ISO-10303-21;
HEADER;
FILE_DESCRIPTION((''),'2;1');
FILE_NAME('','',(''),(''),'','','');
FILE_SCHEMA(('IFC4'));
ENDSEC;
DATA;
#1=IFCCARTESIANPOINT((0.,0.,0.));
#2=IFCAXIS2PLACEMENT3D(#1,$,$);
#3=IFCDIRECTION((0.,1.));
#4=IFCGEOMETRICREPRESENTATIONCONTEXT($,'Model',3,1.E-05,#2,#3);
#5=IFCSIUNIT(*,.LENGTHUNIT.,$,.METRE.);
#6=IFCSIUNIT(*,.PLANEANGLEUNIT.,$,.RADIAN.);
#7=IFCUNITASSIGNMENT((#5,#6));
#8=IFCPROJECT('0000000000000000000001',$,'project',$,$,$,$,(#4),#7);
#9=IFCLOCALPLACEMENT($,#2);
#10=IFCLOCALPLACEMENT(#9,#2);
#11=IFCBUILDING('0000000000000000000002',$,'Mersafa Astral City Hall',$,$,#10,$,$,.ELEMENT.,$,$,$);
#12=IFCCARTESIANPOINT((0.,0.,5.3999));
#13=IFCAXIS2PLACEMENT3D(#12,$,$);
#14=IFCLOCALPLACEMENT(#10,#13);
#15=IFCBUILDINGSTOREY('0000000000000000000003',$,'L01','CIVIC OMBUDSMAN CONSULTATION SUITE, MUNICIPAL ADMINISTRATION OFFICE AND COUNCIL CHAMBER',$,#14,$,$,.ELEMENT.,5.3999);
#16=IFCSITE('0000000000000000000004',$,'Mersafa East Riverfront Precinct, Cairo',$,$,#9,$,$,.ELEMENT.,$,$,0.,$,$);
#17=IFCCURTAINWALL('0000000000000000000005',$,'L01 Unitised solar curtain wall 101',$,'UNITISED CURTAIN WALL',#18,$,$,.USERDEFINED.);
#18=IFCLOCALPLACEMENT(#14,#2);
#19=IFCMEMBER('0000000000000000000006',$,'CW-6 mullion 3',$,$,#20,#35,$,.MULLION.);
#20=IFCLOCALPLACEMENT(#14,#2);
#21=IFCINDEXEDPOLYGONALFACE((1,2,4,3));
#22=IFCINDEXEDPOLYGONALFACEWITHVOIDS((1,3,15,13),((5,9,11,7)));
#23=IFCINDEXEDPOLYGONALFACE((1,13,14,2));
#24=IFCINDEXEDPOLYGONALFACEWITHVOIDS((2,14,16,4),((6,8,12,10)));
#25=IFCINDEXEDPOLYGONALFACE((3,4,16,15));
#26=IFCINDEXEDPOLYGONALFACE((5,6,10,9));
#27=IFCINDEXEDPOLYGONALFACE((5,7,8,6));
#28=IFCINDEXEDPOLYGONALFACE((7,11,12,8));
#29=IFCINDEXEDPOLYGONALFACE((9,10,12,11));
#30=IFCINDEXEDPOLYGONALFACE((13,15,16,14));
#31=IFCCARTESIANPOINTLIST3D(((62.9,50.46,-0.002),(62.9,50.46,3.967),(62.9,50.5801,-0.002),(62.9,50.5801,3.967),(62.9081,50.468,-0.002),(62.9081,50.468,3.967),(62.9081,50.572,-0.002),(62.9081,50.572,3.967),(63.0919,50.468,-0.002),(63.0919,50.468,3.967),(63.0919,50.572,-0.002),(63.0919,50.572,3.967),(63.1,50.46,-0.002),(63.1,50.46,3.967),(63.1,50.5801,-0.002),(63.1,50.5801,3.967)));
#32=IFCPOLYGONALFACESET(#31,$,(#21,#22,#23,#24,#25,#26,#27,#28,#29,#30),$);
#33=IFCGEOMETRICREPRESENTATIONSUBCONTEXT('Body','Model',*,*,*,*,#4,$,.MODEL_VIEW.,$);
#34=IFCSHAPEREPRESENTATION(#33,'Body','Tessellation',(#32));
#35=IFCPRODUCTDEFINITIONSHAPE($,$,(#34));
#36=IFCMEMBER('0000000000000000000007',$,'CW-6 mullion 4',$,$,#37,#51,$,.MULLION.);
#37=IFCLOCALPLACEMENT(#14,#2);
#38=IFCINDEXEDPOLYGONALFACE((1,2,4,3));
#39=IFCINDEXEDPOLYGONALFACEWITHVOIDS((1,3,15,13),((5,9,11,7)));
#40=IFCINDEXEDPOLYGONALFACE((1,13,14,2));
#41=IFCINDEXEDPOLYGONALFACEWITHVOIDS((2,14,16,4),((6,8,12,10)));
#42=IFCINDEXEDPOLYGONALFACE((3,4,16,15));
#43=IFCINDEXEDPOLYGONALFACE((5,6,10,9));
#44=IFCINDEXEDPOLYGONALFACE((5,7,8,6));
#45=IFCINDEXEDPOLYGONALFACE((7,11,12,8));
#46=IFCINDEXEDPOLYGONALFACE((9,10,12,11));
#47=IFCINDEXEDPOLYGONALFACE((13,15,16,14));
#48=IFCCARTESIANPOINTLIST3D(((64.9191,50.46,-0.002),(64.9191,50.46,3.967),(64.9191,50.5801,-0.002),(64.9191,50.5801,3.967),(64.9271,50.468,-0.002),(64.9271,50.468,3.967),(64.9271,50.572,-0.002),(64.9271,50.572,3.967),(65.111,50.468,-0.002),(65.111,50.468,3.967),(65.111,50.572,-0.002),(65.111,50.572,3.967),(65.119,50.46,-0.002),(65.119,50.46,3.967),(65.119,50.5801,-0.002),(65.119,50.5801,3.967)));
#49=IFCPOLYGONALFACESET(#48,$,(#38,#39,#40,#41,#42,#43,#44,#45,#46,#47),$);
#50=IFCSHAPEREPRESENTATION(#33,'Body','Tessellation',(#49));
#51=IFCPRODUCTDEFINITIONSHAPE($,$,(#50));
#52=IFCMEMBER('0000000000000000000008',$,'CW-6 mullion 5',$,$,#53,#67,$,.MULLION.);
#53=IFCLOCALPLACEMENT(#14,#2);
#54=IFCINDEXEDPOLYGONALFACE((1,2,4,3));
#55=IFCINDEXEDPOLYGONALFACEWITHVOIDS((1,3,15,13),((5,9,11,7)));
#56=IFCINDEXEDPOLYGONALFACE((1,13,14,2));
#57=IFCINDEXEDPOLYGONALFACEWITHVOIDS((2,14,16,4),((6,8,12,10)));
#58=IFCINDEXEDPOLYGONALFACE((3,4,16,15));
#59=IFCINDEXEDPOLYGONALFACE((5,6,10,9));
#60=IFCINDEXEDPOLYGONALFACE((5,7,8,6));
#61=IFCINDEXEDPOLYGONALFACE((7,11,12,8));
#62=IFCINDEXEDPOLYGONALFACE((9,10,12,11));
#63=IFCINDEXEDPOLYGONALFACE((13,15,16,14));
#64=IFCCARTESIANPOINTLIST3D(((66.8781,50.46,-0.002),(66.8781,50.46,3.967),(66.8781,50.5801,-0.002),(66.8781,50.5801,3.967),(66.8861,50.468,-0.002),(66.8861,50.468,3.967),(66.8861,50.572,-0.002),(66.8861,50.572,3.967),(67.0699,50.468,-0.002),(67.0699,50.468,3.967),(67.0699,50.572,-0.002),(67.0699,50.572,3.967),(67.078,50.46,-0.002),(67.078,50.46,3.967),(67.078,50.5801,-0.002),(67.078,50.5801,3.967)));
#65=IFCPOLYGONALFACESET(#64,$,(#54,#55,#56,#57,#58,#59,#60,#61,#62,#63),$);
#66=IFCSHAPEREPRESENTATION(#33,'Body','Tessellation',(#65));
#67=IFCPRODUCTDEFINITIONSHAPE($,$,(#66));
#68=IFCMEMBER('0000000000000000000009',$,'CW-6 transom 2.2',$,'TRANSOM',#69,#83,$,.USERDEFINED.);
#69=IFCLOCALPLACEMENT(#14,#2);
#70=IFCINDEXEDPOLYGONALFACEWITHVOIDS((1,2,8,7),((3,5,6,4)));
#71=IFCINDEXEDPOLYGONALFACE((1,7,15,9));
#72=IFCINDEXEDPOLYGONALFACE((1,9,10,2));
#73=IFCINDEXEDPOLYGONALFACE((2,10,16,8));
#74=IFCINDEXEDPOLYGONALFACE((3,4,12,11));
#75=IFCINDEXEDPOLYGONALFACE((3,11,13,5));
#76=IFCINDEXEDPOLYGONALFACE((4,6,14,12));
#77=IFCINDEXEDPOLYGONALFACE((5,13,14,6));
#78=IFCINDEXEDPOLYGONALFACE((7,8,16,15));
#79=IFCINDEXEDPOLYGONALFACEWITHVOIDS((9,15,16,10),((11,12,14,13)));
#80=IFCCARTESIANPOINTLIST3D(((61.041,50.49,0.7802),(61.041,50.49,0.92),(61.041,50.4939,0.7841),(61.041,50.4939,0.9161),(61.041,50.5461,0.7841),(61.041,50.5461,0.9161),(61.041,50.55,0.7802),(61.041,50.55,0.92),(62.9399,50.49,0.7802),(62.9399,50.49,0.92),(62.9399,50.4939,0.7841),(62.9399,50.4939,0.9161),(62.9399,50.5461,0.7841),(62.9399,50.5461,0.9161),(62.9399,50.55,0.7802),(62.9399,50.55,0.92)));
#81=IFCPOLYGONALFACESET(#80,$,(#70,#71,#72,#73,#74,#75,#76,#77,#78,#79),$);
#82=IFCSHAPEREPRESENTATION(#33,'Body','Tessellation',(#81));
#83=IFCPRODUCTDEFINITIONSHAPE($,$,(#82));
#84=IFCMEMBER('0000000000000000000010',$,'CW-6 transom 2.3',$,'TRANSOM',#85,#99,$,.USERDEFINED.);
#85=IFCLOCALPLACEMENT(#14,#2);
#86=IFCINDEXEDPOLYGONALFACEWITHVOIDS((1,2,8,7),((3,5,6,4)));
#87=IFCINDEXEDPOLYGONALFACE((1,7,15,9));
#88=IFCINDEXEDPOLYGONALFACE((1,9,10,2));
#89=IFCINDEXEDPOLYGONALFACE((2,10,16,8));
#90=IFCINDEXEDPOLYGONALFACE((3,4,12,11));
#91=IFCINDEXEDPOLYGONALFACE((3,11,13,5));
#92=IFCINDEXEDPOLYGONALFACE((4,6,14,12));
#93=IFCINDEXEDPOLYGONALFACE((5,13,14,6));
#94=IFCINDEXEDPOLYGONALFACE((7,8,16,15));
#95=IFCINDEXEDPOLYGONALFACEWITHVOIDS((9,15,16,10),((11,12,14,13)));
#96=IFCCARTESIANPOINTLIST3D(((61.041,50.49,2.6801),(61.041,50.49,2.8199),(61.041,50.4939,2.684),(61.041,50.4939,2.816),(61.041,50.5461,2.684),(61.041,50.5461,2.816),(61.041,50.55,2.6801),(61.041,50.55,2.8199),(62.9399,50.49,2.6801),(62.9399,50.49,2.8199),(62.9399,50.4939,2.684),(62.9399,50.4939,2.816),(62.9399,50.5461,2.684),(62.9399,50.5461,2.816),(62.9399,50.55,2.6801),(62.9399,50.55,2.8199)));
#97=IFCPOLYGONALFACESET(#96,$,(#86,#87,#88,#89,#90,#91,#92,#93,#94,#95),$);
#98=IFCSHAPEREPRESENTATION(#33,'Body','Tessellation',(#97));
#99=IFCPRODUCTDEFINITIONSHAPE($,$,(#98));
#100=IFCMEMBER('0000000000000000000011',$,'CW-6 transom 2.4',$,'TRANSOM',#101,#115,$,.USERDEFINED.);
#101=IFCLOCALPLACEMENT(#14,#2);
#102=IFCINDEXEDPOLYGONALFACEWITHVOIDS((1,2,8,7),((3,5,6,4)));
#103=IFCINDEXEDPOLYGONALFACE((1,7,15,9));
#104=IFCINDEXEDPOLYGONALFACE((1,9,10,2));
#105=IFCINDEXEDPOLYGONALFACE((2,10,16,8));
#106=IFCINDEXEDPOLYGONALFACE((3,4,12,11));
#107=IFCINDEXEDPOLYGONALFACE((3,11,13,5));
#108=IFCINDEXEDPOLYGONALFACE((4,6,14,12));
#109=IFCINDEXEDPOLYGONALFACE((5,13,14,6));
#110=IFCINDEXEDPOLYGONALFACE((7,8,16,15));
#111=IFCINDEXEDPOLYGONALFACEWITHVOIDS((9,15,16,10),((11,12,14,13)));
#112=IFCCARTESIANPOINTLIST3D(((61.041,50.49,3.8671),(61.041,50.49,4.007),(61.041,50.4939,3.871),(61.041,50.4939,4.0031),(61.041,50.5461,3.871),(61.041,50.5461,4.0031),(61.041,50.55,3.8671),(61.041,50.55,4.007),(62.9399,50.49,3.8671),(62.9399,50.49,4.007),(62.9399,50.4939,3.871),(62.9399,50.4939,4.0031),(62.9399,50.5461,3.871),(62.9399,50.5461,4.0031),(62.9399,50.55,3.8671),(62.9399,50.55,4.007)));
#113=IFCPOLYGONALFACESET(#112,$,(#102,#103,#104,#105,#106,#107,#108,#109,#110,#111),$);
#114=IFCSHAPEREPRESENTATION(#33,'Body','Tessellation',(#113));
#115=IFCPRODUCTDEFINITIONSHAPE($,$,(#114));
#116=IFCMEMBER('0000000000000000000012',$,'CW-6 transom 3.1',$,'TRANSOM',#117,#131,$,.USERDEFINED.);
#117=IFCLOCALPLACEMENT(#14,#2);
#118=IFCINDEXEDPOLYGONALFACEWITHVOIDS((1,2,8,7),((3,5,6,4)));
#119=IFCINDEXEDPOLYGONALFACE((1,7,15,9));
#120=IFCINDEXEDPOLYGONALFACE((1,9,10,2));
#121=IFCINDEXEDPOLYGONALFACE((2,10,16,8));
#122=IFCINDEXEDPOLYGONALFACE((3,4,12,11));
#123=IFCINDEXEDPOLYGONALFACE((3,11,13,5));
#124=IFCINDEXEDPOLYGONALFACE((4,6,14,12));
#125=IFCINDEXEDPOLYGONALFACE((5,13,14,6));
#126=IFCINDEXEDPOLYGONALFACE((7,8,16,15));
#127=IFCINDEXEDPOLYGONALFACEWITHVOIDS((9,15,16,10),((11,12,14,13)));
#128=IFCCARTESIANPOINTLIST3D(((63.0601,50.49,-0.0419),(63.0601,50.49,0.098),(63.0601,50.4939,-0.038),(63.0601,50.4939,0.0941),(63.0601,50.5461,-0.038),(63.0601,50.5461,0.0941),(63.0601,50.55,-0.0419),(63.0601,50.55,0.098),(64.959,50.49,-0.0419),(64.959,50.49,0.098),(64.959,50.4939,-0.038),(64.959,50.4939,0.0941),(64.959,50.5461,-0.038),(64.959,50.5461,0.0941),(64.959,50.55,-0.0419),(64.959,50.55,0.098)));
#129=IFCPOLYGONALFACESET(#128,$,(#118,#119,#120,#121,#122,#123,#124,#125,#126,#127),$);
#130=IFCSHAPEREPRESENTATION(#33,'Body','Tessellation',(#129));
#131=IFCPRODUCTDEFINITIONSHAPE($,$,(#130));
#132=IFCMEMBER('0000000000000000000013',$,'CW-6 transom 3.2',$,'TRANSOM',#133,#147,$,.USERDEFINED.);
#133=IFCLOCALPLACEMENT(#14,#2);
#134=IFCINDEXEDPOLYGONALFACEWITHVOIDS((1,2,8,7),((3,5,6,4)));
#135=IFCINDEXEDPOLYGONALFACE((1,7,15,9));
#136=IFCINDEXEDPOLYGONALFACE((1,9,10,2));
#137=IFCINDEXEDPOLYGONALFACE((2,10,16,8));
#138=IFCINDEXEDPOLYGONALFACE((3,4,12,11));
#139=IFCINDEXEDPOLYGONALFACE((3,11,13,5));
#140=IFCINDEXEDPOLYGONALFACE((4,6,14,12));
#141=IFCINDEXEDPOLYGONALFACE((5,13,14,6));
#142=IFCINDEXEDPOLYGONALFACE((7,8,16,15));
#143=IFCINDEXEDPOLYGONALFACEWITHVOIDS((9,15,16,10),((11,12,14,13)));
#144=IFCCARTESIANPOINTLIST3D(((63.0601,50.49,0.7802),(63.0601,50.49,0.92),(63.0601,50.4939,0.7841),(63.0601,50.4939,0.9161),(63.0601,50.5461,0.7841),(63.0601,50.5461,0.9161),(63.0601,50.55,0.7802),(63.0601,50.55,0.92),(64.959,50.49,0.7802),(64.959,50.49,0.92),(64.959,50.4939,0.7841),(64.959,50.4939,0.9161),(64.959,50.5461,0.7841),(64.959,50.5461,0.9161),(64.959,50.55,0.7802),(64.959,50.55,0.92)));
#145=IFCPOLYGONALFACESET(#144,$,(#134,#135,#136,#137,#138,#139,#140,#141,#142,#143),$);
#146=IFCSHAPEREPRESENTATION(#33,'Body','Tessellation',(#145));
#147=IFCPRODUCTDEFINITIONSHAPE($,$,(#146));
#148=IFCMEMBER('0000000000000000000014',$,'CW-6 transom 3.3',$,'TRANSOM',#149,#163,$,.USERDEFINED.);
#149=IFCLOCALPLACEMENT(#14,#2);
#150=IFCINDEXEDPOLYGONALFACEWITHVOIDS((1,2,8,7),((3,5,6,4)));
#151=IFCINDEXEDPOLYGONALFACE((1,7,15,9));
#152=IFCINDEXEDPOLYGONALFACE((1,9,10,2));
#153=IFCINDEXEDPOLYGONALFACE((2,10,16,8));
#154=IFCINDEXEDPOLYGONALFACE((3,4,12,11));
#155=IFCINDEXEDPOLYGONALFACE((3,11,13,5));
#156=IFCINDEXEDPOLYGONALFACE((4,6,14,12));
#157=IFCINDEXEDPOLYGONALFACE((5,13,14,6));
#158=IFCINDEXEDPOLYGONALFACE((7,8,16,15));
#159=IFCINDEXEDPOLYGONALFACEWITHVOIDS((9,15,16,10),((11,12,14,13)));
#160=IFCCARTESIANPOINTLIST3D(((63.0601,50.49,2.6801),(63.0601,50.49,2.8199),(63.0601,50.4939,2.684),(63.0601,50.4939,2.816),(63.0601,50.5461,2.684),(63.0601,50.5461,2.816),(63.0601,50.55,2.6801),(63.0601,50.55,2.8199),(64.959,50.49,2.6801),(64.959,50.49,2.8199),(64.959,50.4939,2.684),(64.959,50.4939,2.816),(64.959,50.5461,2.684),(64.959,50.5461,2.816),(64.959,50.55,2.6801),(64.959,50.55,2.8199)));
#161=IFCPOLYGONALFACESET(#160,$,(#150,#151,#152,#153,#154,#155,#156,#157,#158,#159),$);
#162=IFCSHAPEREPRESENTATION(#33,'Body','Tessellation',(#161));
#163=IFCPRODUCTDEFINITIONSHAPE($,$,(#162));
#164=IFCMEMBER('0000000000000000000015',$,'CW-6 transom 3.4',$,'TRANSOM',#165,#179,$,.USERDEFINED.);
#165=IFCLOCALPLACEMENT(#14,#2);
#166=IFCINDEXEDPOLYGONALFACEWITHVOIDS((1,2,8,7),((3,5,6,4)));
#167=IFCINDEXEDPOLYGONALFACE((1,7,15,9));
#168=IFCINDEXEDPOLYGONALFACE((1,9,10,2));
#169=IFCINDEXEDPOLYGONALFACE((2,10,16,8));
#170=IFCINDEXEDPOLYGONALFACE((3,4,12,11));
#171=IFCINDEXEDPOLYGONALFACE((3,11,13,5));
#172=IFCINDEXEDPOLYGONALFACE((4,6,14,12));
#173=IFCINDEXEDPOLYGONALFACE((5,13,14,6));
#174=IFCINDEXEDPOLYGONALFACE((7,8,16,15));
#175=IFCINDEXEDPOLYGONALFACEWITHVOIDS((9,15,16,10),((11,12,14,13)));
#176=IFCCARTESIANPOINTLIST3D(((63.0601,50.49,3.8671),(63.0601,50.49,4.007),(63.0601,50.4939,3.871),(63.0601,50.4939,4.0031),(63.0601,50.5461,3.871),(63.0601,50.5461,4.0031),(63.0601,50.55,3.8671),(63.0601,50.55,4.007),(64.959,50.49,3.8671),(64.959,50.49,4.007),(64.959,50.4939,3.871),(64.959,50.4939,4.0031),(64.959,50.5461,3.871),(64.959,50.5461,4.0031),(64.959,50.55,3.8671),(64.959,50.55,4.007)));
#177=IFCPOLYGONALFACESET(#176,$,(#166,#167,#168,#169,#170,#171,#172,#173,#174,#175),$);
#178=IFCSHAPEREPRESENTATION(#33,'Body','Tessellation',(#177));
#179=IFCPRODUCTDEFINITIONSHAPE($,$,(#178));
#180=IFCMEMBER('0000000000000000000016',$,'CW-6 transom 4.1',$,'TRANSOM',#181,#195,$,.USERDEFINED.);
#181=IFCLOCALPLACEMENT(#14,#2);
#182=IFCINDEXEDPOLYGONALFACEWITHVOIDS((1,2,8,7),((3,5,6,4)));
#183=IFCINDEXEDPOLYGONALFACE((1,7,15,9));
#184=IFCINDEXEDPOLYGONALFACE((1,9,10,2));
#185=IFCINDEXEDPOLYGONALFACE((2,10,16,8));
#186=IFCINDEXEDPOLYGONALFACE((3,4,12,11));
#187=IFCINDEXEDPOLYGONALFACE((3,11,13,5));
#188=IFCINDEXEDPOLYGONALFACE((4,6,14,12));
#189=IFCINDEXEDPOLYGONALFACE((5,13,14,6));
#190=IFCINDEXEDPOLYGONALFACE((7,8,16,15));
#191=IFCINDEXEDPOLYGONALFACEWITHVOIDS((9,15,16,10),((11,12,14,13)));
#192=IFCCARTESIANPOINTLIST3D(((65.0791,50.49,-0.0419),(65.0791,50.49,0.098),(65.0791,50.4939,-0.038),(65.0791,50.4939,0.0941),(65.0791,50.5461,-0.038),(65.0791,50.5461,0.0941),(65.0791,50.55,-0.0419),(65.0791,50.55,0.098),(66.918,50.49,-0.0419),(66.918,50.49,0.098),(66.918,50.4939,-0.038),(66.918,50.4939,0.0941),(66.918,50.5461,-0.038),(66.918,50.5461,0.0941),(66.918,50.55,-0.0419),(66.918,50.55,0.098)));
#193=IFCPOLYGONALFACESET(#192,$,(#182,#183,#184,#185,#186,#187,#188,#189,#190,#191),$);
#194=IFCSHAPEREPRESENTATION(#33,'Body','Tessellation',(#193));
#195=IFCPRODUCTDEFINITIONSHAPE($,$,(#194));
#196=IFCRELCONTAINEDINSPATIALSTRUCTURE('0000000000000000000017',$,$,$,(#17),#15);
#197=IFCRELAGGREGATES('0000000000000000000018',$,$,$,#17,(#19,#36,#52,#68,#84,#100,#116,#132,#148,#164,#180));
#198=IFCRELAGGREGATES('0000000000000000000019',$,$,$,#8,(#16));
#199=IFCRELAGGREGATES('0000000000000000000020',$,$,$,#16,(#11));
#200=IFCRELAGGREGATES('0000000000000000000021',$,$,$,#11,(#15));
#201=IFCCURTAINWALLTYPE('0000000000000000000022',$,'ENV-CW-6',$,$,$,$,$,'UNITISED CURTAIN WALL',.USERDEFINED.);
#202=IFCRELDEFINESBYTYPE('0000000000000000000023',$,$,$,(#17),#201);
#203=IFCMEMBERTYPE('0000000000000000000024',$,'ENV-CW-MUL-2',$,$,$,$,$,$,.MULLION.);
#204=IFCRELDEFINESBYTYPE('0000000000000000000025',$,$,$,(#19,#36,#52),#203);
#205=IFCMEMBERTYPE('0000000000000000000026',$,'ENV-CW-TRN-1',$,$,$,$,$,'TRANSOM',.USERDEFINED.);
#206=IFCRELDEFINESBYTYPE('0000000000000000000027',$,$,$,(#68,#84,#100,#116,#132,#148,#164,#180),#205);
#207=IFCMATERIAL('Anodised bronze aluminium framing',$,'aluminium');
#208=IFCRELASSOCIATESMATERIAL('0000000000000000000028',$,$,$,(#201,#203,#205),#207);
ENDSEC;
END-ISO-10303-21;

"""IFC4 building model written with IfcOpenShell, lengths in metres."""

from ifc_helpers import new_model, si_unit, direction, frame, origin, origin_2d, place, context, subcontext, project, spatial, hollow_rectangle, extrude, material, material_profile, profile_set, type_object, element, aggregate, save


model = new_model("IFC4")

# Units and contexts
model_context = context("Model", 3, precision=1e-05, world=origin(), true_north=direction((0.0, 1.0)))
body_context = subcontext(model_context, "Body", "Model", "MODEL_VIEW")
ifc_project = project(units=[si_unit("LENGTHUNIT", "METRE"), si_unit("PLANEANGLEUNIT", "RADIAN")], contexts=[model_context])

# Site, building, storey
site_placement = place(None, origin())
site = spatial("IfcSite", under=ifc_project, at=site_placement, Name="Mersafa East Riverfront Precinct, Cairo", CompositionType="ELEMENT", RefElevation=0.0)
building_placement = place(site_placement, origin())
building = spatial("IfcBuilding", under=site, at=building_placement, Name="Mersafa Astral City Hall", CompositionType="ELEMENT")
storey_placement = place(building_placement, frame((0.0, 0.0, 5.3999)))
storey = spatial("IfcBuildingStorey", under=building, at=storey_placement, Name="L01", Description="CIVIC OMBUDSMAN CONSULTATION SUITE, MUNICIPAL ADMINISTRATION OFFICE AND COUNCIL CHAMBER", CompositionType="ELEMENT", Elevation=5.3999)

# Curtain wall, members
ifc_material_1 = material(Name="Anodised bronze aluminium framing", Category="aluminium")
curtain_wall_type_1 = type_object("IfcCurtainWallType", Name="ENV-CW-6", ElementType="UNITISED CURTAIN WALL", PredefinedType="USERDEFINED", material=ifc_material_1)
curtain_wall_1_placement = place(storey_placement, origin())
curtain_wall_1 = element("IfcCurtainWall", 1, at=curtain_wall_1_placement, inside=storey, type_object=curtain_wall_type_1, Name="L01 Unitised solar curtain wall 101", ObjectType="UNITISED CURTAIN WALL", PredefinedType="USERDEFINED")
ifc_material_profile_1 = material_profile(ifc_material_1, hollow_rectangle(XDim=0.1201, YDim=0.2, WallThickness=0.0081, at=origin_2d()), Name="RHS 120x200x8")
ifc_profile_set_1 = profile_set([ifc_material_profile_1], Name="Anodised bronze aluminium framing")
member_type_1 = type_object("IfcMemberType", Name="ENV-CW-MUL-2", PredefinedType="MULLION", material=ifc_profile_set_1)
member_1_placement = place(storey_placement, frame((63.0, 50.52, -0.002), z_axis=(0.0, 0.0, 1.0), x_axis=(0.0, 1.0, 0.0)))
member_1 = element("IfcMember", 2, at=member_1_placement, type_object=member_type_1, Name="CW-6 mullion 3", PredefinedType="MULLION", context=body_context, shape_type="SweptSolid", body=[
    extrude(hollow_rectangle(XDim=0.1201, YDim=0.2, WallThickness=0.0081, at=origin_2d()), origin(), (0.0, 0.0, 1.0), 3.969),
])
member_2_placement = place(storey_placement, frame((65.019, 50.52, -0.002), z_axis=(0.0, 0.0, 1.0), x_axis=(0.0, 1.0, 0.0)))
member_2 = element("IfcMember", 3, at=member_2_placement, type_object=member_type_1, Name="CW-6 mullion 4", PredefinedType="MULLION", context=body_context, shape_type="SweptSolid", body=[
    extrude(hollow_rectangle(XDim=0.1201, YDim=0.2, WallThickness=0.0081, at=origin_2d()), origin(), (0.0, 0.0, 1.0), 3.969),
])
member_3_placement = place(storey_placement, frame((66.978, 50.52, -0.002), z_axis=(0.0, 0.0, 1.0), x_axis=(0.0, 1.0, 0.0)))
member_3 = element("IfcMember", 4, at=member_3_placement, type_object=member_type_1, Name="CW-6 mullion 5", PredefinedType="MULLION", context=body_context, shape_type="SweptSolid", body=[
    extrude(hollow_rectangle(XDim=0.1201, YDim=0.2, WallThickness=0.0081, at=origin_2d()), origin(), (0.0, 0.0, 1.0), 3.969),
])
ifc_material_profile_2 = material_profile(ifc_material_1, hollow_rectangle(XDim=0.0601, YDim=0.1399, WallThickness=0.0039, at=origin_2d()), Name="RHS 60x140x4")
ifc_profile_set_2 = profile_set([ifc_material_profile_2], Name="Anodised bronze aluminium framing")
member_type_2 = type_object("IfcMemberType", Name="ENV-CW-TRN-1", ElementType="TRANSOM", PredefinedType="USERDEFINED", material=ifc_profile_set_2)
member_4_placement = place(storey_placement, frame((61.041, 50.52, 0.8501), z_axis=(1.0, 0.0, 0.0), x_axis=(0.0, 1.0, 0.0)))
member_4 = element("IfcMember", 5, at=member_4_placement, type_object=member_type_2, Name="CW-6 transom 2.2", ObjectType="TRANSOM", PredefinedType="USERDEFINED", context=body_context, shape_type="SweptSolid", body=[
    extrude(hollow_rectangle(XDim=0.0601, YDim=0.1399, WallThickness=0.0039, at=origin_2d()), origin(), (0.0, 0.0, 1.0), 1.8989),
])
member_5_placement = place(storey_placement, frame((61.041, 50.52, 2.75), z_axis=(1.0, 0.0, 0.0), x_axis=(0.0, 1.0, 0.0)))
member_5 = element("IfcMember", 6, at=member_5_placement, type_object=member_type_2, Name="CW-6 transom 2.3", ObjectType="TRANSOM", PredefinedType="USERDEFINED", context=body_context, shape_type="SweptSolid", body=[
    extrude(hollow_rectangle(XDim=0.0601, YDim=0.1399, WallThickness=0.0039, at=origin_2d()), origin(), (0.0, 0.0, 1.0), 1.8989),
])
member_6_placement = place(storey_placement, frame((61.041, 50.52, 3.937), z_axis=(1.0, 0.0, 0.0), x_axis=(0.0, 1.0, 0.0)))
member_6 = element("IfcMember", 7, at=member_6_placement, type_object=member_type_2, Name="CW-6 transom 2.4", ObjectType="TRANSOM", PredefinedType="USERDEFINED", context=body_context, shape_type="SweptSolid", body=[
    extrude(hollow_rectangle(XDim=0.0601, YDim=0.1399, WallThickness=0.0039, at=origin_2d()), origin(), (0.0, 0.0, 1.0), 1.8989),
])
member_7_placement = place(storey_placement, frame((63.0601, 50.52, 0.0281), z_axis=(1.0, 0.0, 0.0), x_axis=(0.0, 1.0, 0.0)))
member_7 = element("IfcMember", 8, at=member_7_placement, type_object=member_type_2, Name="CW-6 transom 3.1", ObjectType="TRANSOM", PredefinedType="USERDEFINED", context=body_context, shape_type="SweptSolid", body=[
    extrude(hollow_rectangle(XDim=0.0601, YDim=0.1399, WallThickness=0.0039, at=origin_2d()), origin(), (0.0, 0.0, 1.0), 1.8989),
])
member_8_placement = place(storey_placement, frame((63.0601, 50.52, 0.8501), z_axis=(1.0, 0.0, 0.0), x_axis=(0.0, 1.0, 0.0)))
member_8 = element("IfcMember", 9, at=member_8_placement, type_object=member_type_2, Name="CW-6 transom 3.2", ObjectType="TRANSOM", PredefinedType="USERDEFINED", context=body_context, shape_type="SweptSolid", body=[
    extrude(hollow_rectangle(XDim=0.0601, YDim=0.1399, WallThickness=0.0039, at=origin_2d()), origin(), (0.0, 0.0, 1.0), 1.8989),
])
member_9_placement = place(storey_placement, frame((63.0601, 50.52, 2.75), z_axis=(1.0, 0.0, 0.0), x_axis=(0.0, 1.0, 0.0)))
member_9 = element("IfcMember", 10, at=member_9_placement, type_object=member_type_2, Name="CW-6 transom 3.3", ObjectType="TRANSOM", PredefinedType="USERDEFINED", context=body_context, shape_type="SweptSolid", body=[
    extrude(hollow_rectangle(XDim=0.0601, YDim=0.1399, WallThickness=0.0039, at=origin_2d()), origin(), (0.0, 0.0, 1.0), 1.8989),
])
member_10_placement = place(storey_placement, frame((63.0601, 50.52, 3.937), z_axis=(1.0, 0.0, 0.0), x_axis=(0.0, 1.0, 0.0)))
member_10 = element("IfcMember", 11, at=member_10_placement, type_object=member_type_2, Name="CW-6 transom 3.4", ObjectType="TRANSOM", PredefinedType="USERDEFINED", context=body_context, shape_type="SweptSolid", body=[
    extrude(hollow_rectangle(XDim=0.0601, YDim=0.1399, WallThickness=0.0039, at=origin_2d()), origin(), (0.0, 0.0, 1.0), 1.8989),
])
member_11_placement = place(storey_placement, frame((65.0791, 50.52, 0.0281), z_axis=(1.0, 0.0, 0.0), x_axis=(0.0, 1.0, 0.0)))
member_11 = element("IfcMember", 12, at=member_11_placement, type_object=member_type_2, Name="CW-6 transom 4.1", ObjectType="TRANSOM", PredefinedType="USERDEFINED", context=body_context, shape_type="SweptSolid", body=[
    extrude(hollow_rectangle(XDim=0.0601, YDim=0.1399, WallThickness=0.0039, at=origin_2d()), origin(), (0.0, 0.0, 1.0), 1.8389),
])

aggregate(curtain_wall_1, [member_1, member_2, member_3, member_4, member_5, member_6, member_7, member_8, member_9, member_10, member_11])

save(model, "model.ifc")
